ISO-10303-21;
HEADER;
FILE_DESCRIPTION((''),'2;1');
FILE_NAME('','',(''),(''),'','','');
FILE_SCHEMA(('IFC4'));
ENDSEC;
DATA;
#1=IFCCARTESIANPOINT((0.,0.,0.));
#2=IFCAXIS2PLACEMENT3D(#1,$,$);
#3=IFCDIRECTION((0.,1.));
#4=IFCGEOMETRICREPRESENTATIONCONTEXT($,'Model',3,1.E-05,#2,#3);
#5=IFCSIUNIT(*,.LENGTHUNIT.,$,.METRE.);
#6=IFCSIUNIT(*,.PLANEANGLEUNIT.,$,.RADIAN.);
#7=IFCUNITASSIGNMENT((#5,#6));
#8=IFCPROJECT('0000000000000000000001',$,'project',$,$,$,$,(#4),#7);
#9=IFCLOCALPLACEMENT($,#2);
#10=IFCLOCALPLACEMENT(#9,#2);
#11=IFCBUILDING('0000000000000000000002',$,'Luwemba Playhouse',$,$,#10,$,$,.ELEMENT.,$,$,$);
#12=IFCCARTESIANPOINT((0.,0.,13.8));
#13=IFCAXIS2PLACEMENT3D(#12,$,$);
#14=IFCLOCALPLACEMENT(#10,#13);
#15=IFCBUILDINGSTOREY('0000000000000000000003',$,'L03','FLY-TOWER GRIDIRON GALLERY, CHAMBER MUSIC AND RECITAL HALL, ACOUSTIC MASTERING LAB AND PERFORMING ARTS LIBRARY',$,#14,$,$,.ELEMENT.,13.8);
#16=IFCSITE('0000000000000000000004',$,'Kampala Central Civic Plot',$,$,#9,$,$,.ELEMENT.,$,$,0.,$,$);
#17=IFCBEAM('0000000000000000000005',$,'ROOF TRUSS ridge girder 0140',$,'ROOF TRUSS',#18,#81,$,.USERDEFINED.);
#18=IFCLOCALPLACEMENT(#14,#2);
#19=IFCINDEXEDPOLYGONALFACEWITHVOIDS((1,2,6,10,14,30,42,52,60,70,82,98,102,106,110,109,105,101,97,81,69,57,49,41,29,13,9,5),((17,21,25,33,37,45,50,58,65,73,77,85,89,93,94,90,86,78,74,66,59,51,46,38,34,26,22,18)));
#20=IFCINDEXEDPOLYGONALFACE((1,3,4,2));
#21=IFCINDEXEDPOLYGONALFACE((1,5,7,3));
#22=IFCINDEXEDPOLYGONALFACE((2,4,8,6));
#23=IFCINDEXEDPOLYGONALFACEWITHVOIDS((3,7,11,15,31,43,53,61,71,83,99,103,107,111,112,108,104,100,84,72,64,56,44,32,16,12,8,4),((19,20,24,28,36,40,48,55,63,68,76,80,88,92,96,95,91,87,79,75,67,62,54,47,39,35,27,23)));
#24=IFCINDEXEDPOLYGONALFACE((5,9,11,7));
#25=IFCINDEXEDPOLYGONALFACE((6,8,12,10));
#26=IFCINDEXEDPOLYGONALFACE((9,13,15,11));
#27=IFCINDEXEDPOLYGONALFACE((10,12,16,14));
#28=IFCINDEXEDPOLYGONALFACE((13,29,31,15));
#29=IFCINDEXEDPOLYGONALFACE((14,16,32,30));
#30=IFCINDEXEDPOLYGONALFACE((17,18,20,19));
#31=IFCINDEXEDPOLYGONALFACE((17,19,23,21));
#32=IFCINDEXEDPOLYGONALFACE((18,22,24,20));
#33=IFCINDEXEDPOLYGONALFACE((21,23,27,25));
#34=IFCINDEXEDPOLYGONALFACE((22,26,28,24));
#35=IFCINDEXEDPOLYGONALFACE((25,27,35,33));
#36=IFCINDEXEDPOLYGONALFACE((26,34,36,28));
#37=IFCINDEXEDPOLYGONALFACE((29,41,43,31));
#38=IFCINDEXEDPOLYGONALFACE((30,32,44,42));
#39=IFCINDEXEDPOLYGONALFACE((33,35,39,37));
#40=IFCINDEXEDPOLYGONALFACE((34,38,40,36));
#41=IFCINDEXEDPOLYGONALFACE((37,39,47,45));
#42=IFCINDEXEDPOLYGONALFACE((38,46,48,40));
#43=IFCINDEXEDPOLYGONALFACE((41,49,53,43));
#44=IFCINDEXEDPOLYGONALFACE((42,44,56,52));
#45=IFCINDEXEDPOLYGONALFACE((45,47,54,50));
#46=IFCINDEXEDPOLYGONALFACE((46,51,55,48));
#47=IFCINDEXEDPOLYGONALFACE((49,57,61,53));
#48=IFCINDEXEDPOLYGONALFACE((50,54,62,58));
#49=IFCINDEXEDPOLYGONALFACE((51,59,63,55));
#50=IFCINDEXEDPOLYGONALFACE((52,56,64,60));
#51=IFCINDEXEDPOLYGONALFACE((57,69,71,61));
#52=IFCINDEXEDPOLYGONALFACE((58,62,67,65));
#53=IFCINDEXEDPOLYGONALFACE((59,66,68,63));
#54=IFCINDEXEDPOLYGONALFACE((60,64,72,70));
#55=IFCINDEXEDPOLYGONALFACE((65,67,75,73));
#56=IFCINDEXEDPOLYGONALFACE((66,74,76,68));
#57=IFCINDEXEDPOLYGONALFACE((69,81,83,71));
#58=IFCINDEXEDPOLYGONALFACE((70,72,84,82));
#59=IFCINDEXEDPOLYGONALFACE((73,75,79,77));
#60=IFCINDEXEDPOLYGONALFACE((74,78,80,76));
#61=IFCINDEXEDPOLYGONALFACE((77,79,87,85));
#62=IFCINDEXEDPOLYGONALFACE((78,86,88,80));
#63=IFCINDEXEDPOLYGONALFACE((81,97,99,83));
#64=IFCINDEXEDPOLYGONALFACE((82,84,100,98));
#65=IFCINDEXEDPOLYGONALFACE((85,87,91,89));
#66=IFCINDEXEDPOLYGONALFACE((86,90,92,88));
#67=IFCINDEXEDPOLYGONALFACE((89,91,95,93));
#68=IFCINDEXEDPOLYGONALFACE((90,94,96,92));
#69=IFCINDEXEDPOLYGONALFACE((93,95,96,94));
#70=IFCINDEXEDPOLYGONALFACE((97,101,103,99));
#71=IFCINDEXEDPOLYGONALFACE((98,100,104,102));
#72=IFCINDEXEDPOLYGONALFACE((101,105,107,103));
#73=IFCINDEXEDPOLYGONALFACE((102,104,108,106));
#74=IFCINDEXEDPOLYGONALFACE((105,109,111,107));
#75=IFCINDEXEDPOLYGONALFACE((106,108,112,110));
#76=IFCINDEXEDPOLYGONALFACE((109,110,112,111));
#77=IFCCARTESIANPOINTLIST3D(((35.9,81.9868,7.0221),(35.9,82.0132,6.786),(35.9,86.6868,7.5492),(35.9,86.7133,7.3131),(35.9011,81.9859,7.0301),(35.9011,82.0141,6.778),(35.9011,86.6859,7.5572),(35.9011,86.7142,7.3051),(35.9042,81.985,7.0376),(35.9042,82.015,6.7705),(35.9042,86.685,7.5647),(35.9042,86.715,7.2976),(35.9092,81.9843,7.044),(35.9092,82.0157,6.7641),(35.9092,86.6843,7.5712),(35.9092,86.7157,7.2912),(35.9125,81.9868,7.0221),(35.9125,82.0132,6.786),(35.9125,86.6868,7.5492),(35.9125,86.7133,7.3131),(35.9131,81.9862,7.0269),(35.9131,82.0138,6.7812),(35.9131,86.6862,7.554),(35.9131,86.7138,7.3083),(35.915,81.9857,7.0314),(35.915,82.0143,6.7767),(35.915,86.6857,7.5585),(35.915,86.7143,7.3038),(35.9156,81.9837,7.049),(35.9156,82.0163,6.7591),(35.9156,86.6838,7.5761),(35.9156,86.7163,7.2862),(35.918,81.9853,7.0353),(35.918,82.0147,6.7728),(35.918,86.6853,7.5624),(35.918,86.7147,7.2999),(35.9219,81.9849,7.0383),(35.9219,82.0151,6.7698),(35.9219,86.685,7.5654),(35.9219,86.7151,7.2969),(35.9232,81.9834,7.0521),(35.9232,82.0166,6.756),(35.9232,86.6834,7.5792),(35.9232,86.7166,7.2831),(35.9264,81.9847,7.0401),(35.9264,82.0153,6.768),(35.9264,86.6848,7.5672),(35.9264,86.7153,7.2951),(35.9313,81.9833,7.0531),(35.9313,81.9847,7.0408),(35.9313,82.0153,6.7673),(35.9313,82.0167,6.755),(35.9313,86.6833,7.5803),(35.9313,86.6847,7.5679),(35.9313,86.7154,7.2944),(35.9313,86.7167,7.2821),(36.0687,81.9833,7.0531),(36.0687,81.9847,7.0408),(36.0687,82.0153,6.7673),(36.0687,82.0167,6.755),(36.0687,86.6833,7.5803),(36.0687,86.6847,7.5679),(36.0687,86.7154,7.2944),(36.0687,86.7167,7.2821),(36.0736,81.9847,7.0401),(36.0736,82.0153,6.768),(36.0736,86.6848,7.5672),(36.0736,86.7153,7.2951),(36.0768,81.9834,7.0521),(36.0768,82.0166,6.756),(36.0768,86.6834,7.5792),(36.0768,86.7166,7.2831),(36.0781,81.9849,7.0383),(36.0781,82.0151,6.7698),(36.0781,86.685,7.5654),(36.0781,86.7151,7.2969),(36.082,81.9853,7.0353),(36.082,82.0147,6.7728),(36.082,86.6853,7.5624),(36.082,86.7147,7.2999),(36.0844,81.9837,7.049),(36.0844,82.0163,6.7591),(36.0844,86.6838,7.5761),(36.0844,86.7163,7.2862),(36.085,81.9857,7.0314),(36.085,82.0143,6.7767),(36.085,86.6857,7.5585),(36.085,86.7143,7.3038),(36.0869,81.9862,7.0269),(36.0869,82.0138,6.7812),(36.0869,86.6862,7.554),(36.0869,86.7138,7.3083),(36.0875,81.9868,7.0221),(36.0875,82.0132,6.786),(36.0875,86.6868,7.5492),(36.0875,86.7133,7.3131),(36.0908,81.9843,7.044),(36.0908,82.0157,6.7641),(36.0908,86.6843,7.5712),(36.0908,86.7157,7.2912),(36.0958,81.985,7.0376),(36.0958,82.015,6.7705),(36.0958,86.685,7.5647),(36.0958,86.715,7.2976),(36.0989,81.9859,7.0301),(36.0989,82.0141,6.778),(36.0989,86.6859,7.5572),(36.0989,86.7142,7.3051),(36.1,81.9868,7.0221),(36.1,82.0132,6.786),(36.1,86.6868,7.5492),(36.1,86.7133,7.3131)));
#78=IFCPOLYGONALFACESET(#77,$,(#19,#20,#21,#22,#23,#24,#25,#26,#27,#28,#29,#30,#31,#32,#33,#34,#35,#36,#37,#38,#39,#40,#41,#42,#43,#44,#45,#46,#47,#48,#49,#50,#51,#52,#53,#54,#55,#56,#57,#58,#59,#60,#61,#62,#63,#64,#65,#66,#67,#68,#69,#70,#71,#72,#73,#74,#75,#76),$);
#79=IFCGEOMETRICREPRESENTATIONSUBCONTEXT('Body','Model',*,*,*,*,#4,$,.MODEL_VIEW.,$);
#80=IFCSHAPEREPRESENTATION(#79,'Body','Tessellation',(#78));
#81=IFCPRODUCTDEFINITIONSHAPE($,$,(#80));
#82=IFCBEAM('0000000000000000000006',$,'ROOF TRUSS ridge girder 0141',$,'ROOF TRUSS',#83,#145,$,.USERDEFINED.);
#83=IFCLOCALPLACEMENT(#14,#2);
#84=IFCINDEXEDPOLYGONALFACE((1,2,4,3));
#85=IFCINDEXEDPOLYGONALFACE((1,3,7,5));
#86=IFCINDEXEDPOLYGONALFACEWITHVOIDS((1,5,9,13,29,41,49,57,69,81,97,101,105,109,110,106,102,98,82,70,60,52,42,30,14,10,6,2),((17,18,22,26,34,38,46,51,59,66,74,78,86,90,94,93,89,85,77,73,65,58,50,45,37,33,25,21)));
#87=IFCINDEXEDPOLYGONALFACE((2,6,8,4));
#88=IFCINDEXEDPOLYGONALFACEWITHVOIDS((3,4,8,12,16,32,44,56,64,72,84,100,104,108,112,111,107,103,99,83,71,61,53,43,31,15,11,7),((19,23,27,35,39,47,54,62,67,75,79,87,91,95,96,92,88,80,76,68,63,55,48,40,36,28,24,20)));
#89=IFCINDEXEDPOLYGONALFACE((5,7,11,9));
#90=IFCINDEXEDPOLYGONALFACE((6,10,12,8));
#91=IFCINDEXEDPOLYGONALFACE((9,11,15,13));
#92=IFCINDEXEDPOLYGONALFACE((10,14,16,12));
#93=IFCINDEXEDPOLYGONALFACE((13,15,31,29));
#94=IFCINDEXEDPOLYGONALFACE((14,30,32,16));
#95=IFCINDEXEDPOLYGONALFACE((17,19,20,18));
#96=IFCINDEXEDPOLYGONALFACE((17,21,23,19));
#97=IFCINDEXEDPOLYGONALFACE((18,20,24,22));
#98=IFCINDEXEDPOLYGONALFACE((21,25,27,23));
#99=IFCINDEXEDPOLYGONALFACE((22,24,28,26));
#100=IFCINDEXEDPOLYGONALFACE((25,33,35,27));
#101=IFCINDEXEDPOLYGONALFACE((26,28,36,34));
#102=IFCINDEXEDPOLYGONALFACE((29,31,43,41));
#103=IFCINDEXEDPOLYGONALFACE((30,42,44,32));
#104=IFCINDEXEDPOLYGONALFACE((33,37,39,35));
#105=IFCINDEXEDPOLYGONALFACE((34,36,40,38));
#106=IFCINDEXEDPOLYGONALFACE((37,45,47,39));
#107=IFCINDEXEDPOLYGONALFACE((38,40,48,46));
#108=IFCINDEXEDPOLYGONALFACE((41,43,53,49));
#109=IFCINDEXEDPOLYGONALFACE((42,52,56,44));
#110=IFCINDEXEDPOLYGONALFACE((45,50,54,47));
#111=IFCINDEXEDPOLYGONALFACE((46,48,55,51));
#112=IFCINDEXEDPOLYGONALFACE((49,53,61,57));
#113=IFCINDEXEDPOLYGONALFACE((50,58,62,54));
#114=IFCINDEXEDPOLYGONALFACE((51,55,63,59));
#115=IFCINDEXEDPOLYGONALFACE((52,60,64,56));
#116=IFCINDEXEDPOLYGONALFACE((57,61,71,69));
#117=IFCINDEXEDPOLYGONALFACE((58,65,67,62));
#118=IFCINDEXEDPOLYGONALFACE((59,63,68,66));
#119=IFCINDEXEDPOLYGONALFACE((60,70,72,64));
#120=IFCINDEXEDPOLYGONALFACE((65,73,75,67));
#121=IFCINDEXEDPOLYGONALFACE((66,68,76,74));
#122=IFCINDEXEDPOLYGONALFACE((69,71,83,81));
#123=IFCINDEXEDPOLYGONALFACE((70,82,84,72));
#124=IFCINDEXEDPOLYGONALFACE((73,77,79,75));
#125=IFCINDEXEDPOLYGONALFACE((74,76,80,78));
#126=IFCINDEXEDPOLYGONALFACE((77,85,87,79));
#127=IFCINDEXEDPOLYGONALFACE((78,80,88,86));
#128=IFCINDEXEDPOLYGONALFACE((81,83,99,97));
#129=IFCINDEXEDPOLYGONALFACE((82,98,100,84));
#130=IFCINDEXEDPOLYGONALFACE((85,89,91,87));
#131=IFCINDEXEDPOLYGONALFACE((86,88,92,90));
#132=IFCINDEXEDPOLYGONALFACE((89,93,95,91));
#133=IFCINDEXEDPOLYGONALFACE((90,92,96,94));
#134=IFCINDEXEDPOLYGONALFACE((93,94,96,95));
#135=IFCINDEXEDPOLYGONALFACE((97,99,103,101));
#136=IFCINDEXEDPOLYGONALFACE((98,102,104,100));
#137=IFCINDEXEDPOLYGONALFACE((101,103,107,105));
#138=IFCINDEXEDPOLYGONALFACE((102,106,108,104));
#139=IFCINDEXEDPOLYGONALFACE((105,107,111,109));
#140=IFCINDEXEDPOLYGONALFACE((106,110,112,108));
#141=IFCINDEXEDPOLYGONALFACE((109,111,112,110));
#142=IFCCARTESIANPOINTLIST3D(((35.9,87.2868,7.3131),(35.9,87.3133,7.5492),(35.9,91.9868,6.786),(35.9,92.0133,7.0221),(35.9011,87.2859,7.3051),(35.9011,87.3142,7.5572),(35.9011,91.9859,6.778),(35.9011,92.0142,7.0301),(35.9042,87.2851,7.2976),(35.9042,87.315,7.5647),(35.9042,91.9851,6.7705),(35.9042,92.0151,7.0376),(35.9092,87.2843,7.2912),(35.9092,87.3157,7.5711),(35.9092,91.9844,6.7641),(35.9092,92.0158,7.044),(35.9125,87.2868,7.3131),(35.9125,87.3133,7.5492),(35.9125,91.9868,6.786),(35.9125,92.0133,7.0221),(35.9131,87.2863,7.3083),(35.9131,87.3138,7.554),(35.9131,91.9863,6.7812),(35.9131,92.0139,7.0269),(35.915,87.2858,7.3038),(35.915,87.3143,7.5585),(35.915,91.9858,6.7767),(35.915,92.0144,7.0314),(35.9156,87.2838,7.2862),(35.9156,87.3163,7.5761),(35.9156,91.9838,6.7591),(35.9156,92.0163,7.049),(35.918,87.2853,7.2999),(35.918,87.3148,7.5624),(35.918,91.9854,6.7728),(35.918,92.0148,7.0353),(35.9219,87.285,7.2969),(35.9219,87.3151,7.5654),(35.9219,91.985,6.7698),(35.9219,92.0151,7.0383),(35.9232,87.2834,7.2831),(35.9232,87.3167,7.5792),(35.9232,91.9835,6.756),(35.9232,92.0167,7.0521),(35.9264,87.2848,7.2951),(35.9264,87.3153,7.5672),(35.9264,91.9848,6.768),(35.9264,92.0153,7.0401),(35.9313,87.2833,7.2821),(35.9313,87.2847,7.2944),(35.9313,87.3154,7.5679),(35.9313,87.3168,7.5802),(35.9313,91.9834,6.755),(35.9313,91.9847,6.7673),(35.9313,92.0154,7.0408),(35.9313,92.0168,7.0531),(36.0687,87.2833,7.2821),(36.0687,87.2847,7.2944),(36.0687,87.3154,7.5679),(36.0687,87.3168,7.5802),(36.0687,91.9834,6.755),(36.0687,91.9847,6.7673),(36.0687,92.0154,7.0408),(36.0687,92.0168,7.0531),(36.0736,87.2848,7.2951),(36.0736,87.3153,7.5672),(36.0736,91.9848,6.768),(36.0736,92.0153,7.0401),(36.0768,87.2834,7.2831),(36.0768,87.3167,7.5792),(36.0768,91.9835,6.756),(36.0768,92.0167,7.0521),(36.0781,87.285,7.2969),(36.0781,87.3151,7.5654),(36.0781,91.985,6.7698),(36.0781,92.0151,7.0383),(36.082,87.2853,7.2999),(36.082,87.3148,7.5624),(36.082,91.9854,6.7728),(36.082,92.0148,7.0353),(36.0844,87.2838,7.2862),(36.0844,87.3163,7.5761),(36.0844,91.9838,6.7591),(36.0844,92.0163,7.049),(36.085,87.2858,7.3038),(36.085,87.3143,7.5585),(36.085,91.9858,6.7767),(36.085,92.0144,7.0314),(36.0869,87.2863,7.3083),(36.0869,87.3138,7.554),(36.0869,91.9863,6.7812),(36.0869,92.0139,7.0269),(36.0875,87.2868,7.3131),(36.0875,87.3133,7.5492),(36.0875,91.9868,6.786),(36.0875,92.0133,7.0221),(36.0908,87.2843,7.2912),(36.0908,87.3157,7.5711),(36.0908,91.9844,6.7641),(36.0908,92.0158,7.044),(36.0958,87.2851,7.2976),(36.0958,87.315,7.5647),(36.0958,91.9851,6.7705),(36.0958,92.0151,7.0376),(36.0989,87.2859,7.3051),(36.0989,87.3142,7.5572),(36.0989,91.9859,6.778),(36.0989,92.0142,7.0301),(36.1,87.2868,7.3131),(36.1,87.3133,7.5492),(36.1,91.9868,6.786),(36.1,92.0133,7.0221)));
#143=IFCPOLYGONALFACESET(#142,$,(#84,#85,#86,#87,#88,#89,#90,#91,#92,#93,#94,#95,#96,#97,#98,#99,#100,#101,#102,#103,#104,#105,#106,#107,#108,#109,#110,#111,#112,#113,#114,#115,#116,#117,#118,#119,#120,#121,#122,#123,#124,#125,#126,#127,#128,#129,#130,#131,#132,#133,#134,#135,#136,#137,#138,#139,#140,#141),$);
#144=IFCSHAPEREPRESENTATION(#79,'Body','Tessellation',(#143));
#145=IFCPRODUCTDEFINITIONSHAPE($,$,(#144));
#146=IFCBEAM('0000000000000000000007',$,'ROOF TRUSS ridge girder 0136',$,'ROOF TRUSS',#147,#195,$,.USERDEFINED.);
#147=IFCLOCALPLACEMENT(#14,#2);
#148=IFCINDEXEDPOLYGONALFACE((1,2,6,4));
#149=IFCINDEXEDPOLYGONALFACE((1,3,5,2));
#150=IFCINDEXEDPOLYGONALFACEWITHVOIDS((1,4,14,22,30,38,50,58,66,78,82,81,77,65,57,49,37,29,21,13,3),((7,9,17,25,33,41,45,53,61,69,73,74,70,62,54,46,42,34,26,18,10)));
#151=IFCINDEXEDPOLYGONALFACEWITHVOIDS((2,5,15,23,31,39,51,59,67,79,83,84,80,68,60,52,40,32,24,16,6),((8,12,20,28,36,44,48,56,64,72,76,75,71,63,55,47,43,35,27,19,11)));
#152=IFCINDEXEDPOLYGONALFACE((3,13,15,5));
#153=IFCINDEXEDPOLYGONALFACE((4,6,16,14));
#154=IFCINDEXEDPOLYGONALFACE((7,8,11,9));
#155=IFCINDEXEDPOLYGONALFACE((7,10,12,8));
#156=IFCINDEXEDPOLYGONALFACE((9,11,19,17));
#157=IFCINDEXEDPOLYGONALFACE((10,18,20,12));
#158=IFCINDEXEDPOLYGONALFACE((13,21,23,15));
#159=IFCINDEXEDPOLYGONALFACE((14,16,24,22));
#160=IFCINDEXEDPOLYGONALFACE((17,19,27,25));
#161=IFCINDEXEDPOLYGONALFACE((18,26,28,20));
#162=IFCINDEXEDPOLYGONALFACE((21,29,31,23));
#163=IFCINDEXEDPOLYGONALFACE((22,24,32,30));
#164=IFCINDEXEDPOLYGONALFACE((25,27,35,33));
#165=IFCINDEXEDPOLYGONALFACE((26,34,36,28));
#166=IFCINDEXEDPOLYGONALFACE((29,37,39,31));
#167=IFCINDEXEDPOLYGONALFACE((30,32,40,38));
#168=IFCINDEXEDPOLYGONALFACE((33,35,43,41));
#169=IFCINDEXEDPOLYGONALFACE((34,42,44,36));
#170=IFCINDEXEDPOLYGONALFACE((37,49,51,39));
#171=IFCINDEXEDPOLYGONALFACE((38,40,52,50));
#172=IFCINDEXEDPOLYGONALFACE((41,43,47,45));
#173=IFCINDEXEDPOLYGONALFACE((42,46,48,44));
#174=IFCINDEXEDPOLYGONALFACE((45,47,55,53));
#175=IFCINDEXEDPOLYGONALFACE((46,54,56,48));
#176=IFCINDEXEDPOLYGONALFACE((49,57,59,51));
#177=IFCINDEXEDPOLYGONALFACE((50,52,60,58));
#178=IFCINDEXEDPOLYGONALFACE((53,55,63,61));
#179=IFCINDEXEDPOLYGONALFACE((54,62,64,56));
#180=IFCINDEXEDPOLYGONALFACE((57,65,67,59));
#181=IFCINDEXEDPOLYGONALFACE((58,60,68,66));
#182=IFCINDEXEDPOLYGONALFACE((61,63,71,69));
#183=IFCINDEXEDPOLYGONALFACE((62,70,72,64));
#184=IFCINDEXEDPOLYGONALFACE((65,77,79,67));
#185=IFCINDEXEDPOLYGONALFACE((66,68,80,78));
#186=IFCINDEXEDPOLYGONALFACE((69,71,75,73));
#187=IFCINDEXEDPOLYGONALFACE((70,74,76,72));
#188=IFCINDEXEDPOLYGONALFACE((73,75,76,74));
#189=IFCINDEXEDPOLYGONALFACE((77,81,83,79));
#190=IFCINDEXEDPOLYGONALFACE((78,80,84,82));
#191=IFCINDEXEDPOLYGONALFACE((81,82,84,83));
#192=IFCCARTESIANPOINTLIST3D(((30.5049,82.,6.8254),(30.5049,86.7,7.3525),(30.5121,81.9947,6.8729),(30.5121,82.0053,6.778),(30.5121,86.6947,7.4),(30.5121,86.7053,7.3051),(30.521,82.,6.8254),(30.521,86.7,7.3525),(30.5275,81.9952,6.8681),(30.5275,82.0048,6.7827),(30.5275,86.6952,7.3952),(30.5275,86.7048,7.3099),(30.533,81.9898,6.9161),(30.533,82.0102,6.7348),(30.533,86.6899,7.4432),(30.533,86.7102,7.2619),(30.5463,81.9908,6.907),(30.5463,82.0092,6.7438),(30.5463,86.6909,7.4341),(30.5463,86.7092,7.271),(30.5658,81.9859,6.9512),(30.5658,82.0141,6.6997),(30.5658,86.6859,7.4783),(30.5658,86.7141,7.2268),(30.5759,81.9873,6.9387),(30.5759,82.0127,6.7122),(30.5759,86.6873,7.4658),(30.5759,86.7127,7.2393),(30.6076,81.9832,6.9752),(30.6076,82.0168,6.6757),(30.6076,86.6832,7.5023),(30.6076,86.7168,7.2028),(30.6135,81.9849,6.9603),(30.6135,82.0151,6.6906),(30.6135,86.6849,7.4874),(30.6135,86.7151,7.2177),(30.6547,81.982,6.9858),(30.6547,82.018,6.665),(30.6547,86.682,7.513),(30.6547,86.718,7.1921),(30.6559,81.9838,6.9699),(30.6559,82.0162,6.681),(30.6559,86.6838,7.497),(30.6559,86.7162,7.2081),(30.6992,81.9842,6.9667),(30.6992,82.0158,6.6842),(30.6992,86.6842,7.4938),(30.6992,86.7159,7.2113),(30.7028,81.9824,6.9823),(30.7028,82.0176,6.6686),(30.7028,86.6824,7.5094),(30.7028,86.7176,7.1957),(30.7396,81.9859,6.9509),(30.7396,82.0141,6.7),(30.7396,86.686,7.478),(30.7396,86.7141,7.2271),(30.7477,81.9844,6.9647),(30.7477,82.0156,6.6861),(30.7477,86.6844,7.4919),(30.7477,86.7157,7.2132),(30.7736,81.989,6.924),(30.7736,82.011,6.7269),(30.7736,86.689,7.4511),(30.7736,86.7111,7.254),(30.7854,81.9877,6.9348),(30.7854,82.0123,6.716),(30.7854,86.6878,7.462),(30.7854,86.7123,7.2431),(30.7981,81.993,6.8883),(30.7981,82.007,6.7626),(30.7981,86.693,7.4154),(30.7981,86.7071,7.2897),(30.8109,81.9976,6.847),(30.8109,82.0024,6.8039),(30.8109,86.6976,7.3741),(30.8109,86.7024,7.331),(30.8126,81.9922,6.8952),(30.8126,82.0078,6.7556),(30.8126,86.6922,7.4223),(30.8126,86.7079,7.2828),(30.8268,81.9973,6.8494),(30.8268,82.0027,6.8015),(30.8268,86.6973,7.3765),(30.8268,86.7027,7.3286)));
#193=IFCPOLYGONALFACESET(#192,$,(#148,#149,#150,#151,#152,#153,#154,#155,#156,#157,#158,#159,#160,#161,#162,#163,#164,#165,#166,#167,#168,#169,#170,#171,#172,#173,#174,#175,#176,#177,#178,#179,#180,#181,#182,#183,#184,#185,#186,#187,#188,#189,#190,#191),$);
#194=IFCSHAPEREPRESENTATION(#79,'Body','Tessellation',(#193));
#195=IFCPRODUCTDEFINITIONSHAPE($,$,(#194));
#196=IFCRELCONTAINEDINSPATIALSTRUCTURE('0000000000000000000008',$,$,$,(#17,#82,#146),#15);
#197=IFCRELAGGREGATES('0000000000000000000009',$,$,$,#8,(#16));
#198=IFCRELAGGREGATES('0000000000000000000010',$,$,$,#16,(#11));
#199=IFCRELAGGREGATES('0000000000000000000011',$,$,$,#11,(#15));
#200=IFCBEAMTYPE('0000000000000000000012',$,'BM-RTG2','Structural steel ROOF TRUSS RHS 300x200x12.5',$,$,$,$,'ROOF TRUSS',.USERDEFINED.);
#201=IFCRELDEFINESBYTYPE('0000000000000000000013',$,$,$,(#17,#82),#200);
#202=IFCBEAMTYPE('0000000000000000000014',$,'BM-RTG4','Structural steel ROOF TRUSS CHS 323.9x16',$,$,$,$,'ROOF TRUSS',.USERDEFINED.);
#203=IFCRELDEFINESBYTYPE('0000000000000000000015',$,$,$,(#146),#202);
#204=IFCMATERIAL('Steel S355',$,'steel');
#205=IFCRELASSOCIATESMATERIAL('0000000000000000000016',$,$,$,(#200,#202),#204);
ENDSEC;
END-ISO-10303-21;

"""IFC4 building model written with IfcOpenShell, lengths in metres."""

from ifc_helpers import new_model, si_unit, direction, frame, origin, origin_2d, place, context, subcontext, project, spatial, hollow_rectangle, hollow_circle, extrude, material, material_profile, profile_set, type_object, element, save


model = new_model("IFC4")

# Units and contexts
model_context = context("Model", 3, precision=1e-05, world=origin(), true_north=direction((0.0, 1.0)))
body_context = subcontext(model_context, "Body", "Model", "MODEL_VIEW")
ifc_project = project(units=[si_unit("LENGTHUNIT", "METRE"), si_unit("PLANEANGLEUNIT", "RADIAN")], contexts=[model_context])

# Site, building, storey
site_placement = place(None, origin())
site = spatial("IfcSite", under=ifc_project, at=site_placement, Name="Kampala Central Civic Plot", CompositionType="ELEMENT", RefElevation=0.0)
building_placement = place(site_placement, origin())
building = spatial("IfcBuilding", under=site, at=building_placement, Name="Luwemba Playhouse", CompositionType="ELEMENT")
storey_placement = place(building_placement, frame((0.0, 0.0, 13.8)))
storey = spatial("IfcBuildingStorey", under=building, at=storey_placement, Name="L03", Description="FLY-TOWER GRIDIRON GALLERY, CHAMBER MUSIC AND RECITAL HALL, ACOUSTIC MASTERING LAB AND PERFORMING ARTS LIBRARY", CompositionType="ELEMENT", Elevation=13.8)

# Beams
ifc_material_1 = material(Name="Steel S355", Category="steel")
ifc_material_profile_1 = material_profile(ifc_material_1, hollow_rectangle(XDim=0.2, YDim=0.3, WallThickness=0.0125, InnerFilletRadius=0.0188, OuterFilletRadius=0.0312, at=origin_2d()))
ifc_profile_set_1 = profile_set([ifc_material_profile_1], Name="Steel S355")
beam_type_1 = type_object("IfcBeamType", Name="BM-RTG2", Description="Structural steel ROOF TRUSS RHS 300x200x12.5", ElementType="ROOF TRUSS", PredefinedType="USERDEFINED", material=ifc_profile_set_1)
for number, where, z_axis, x_axis, name in (
    (1, (36.0, 82.0, 6.9041), (0.0, 0.99377, 0.111451), (-1.0, 0.0, 0.0), "ROOF TRUSS ridge girder 0140"),
    (2, (36.0, 87.3, 7.4312), (0.0, 0.99377, -0.111451), (-1.0, 0.0, 0.0), "ROOF TRUSS ridge girder 0141"),
):
    element("IfcBeam", number, at=place(storey_placement, frame(where, z_axis=z_axis, x_axis=x_axis)), inside=storey, type_object=beam_type_1, Name=name, ObjectType="ROOF TRUSS", PredefinedType="USERDEFINED", context=body_context, shape_type="SweptSolid", body=[
        extrude(hollow_rectangle(XDim=0.2, YDim=0.3, WallThickness=0.0125, InnerFilletRadius=0.0188, OuterFilletRadius=0.0312, at=origin_2d()), origin(), (0.0, 0.0, 1.0), 4.7295),
    ])
ifc_material_profile_2 = material_profile(ifc_material_1, hollow_circle(Radius=0.1619, WallThickness=0.0161, at=origin_2d()))
ifc_profile_set_2 = profile_set([ifc_material_profile_2], Name="Steel S355")
beam_type_2 = type_object("IfcBeamType", Name="BM-RTG4", Description="Structural steel ROOF TRUSS CHS 323.9x16", ElementType="ROOF TRUSS", PredefinedType="USERDEFINED", material=ifc_profile_set_2)
for number, where, z_axis, x_axis, name in (
    (3, (30.6667, 82.0, 6.8254), (0.0, 0.99377, 0.111451), (-1.0, 0.0, 0.0), "ROOF TRUSS ridge girder 0136"),
):
    element("IfcBeam", number, at=place(storey_placement, frame(where, z_axis=z_axis, x_axis=x_axis)), inside=storey, type_object=beam_type_2, Name=name, ObjectType="ROOF TRUSS", PredefinedType="USERDEFINED", context=body_context, shape_type="SweptSolid", body=[
        extrude(hollow_circle(Radius=0.1619, WallThickness=0.0161, at=origin_2d()), origin(), (0.0, 0.0, 1.0), 4.7295),
    ])

save(model, "model.ifc")
